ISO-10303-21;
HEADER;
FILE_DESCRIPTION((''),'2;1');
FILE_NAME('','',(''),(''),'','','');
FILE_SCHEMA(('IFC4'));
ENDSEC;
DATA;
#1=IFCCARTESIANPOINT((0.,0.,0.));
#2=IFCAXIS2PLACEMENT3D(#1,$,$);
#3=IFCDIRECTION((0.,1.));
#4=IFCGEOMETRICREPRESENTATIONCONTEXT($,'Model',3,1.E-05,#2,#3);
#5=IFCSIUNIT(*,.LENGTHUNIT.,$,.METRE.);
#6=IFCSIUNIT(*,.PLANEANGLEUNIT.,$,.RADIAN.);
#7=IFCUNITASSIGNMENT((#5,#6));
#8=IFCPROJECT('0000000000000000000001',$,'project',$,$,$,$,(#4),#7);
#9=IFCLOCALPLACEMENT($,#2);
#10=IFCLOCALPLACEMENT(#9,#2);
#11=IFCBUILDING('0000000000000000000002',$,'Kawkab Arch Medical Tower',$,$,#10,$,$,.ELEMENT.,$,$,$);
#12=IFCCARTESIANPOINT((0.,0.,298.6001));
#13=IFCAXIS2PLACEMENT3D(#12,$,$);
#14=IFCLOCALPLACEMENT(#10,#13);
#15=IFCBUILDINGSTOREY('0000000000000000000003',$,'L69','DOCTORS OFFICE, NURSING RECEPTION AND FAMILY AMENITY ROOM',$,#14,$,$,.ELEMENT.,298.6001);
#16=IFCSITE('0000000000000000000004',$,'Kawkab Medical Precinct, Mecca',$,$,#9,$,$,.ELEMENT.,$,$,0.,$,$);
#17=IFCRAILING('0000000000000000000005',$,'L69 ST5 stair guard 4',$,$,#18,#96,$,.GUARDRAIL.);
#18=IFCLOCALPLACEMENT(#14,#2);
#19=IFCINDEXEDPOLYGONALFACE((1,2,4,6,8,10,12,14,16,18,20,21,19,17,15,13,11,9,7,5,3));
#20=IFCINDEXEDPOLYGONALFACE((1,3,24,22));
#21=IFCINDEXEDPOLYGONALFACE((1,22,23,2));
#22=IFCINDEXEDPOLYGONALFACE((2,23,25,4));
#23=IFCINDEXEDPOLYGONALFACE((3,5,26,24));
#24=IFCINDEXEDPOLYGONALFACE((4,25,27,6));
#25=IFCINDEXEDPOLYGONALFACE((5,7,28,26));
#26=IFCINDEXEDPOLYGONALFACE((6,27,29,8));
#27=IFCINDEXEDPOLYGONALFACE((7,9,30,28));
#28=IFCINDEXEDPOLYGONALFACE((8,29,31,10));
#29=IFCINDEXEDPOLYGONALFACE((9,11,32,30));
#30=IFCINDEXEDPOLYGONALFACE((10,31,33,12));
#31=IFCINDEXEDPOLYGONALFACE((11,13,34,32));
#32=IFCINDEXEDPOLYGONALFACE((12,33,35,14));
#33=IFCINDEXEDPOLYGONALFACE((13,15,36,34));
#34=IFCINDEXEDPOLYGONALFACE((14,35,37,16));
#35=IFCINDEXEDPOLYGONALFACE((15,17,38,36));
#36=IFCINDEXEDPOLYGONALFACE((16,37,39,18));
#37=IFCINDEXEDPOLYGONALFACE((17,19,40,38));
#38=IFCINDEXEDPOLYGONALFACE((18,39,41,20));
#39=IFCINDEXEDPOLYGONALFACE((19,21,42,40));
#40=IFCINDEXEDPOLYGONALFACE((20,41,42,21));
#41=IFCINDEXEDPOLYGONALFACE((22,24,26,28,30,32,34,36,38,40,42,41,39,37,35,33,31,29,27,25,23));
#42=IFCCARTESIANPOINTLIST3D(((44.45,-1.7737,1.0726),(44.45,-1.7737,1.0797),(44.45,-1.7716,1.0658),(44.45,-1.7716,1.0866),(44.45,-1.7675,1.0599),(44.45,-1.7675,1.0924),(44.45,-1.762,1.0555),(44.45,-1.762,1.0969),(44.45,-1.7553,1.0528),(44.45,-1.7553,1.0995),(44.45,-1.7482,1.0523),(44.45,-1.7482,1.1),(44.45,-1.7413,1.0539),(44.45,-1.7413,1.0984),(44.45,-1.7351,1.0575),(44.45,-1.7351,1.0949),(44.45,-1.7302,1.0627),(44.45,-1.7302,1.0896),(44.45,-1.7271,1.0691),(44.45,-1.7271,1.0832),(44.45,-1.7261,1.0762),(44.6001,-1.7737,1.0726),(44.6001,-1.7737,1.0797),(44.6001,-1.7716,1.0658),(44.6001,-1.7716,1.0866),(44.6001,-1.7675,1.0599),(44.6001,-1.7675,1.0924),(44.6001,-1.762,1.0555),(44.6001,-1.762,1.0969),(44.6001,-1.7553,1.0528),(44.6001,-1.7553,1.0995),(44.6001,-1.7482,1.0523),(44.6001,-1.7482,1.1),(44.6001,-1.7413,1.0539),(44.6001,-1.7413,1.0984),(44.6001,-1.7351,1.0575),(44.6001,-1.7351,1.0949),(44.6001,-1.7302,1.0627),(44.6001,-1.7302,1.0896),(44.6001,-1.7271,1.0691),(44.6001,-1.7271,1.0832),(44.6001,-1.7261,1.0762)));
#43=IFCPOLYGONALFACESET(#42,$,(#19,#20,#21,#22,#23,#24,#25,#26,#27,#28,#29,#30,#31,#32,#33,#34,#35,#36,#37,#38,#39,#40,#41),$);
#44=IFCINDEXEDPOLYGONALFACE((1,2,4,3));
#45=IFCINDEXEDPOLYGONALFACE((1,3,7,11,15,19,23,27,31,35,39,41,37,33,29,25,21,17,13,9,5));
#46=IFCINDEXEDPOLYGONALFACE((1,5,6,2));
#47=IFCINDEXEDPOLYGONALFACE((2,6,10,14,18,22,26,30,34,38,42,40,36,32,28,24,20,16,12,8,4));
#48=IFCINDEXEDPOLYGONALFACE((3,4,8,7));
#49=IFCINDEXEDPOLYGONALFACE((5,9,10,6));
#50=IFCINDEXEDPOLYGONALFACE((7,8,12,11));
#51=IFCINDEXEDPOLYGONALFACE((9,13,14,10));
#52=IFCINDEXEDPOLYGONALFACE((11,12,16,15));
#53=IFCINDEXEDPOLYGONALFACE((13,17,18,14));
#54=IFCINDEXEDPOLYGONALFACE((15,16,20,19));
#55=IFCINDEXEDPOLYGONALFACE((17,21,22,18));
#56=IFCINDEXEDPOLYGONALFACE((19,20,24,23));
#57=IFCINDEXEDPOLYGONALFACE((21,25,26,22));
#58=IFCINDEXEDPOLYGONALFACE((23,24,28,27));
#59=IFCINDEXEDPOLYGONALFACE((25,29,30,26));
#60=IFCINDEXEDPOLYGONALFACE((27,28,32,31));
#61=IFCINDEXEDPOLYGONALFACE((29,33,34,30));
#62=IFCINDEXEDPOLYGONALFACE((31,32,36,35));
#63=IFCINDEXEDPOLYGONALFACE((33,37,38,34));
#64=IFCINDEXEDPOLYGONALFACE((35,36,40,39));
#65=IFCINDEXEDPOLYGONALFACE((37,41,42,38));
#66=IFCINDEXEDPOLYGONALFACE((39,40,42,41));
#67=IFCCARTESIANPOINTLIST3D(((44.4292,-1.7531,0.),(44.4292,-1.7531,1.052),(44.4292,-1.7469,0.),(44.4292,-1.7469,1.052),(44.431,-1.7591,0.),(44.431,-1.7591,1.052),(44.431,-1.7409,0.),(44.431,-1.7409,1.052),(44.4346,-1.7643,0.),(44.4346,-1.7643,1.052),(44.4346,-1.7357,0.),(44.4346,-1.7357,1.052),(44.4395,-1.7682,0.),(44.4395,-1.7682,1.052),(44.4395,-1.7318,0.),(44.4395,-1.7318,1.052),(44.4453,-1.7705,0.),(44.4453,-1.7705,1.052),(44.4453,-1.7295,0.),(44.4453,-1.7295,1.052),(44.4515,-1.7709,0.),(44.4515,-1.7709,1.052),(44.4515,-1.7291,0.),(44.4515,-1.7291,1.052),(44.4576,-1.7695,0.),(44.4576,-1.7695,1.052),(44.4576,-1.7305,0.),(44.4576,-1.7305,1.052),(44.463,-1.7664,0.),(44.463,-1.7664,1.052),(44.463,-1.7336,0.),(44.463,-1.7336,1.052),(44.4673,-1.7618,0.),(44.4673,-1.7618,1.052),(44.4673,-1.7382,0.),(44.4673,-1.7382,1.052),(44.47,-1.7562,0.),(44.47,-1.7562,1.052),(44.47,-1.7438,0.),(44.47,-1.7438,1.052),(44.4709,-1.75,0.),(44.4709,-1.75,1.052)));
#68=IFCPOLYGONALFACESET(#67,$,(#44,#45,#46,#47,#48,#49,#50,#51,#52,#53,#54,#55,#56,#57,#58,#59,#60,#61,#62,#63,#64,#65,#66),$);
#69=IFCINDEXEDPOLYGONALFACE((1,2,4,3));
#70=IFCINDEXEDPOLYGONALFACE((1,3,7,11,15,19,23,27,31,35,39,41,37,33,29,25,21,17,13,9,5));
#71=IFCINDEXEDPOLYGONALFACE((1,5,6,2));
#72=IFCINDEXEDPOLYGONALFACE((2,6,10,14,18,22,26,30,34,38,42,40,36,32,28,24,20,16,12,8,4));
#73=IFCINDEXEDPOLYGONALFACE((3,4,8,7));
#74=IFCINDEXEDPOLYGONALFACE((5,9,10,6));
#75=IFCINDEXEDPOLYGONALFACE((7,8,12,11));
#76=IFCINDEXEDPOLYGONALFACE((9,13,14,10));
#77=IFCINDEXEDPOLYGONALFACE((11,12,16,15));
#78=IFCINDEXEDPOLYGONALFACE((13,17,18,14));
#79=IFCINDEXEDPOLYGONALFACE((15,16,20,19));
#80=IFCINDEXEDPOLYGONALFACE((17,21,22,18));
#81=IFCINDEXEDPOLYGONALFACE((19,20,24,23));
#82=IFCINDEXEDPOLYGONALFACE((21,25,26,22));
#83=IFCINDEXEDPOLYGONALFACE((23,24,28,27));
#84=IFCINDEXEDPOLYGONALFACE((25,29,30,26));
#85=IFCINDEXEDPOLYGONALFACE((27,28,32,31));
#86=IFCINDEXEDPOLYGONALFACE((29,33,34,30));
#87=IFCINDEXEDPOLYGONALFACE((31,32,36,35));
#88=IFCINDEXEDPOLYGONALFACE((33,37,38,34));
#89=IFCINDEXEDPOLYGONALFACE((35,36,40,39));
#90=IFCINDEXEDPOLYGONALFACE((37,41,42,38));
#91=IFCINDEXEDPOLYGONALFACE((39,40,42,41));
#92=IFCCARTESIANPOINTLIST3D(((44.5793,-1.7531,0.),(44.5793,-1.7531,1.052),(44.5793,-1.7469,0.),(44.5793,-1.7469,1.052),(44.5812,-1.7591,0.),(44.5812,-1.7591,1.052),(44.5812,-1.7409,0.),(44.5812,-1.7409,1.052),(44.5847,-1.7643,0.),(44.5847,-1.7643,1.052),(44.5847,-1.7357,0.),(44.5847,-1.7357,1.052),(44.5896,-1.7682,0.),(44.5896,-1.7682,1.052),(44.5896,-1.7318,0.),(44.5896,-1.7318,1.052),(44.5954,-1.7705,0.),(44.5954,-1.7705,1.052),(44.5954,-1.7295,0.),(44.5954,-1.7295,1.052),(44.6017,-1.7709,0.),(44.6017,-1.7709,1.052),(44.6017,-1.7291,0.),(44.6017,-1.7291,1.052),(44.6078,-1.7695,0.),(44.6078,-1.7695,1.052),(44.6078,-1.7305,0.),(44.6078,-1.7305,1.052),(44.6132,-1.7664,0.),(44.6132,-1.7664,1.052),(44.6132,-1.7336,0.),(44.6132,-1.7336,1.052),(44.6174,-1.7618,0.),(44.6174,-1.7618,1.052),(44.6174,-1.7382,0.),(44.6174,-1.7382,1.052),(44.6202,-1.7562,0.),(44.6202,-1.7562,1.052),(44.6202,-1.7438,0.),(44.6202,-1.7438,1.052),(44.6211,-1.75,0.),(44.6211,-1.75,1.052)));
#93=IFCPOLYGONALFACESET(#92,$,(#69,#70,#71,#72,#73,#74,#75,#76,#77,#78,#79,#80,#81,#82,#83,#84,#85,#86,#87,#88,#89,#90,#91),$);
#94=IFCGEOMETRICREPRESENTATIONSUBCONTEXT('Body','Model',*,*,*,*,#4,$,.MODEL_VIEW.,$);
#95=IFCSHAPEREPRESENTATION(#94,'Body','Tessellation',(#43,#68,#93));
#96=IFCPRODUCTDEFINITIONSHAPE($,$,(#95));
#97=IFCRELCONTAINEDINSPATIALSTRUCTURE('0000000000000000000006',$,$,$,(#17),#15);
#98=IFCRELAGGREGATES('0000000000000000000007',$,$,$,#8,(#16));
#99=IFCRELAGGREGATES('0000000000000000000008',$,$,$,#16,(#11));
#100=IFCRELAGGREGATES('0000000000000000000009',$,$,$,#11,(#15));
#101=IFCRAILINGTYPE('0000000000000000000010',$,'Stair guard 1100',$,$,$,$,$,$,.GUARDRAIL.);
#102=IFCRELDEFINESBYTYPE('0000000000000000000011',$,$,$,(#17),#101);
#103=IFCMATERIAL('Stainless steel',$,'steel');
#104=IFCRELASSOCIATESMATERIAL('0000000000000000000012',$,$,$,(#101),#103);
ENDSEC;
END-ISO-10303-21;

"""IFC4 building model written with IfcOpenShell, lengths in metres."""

from ifc_helpers import new_model, si_unit, direction, frame, origin, origin_2d, place, context, subcontext, project, spatial, circle, extrude, material, type_object, element, save


model = new_model("IFC4")

# Units and contexts
model_context = context("Model", 3, precision=1e-05, world=origin(), true_north=direction((0.0, 1.0)))
body_context = subcontext(model_context, "Body", "Model", "MODEL_VIEW")
ifc_project = project(units=[si_unit("LENGTHUNIT", "METRE"), si_unit("PLANEANGLEUNIT", "RADIAN")], contexts=[model_context])

# Site, building, storey
site_placement = place(None, origin())
site = spatial("IfcSite", under=ifc_project, at=site_placement, Name="Kawkab Medical Precinct, Mecca", CompositionType="ELEMENT", RefElevation=0.0)
building_placement = place(site_placement, origin())
building = spatial("IfcBuilding", under=site, at=building_placement, Name="Kawkab Arch Medical Tower", CompositionType="ELEMENT")
storey_placement = place(building_placement, frame((0.0, 0.0, 298.6001)))
storey = spatial("IfcBuildingStorey", under=building, at=storey_placement, Name="L69", Description="DOCTORS OFFICE, NURSING RECEPTION AND FAMILY AMENITY ROOM", CompositionType="ELEMENT", Elevation=298.6001)

# Railing
ifc_material_1 = material(Name="Stainless steel", Category="steel")
railing_type = type_object("IfcRailingType", Name="Stair guard 1100", PredefinedType="GUARDRAIL", material=ifc_material_1)
railing_1_placement = place(storey_placement, frame((44.45, -1.75, 0.0)))
element("IfcRailing", 1, at=railing_1_placement, inside=storey, type_object=railing_type, Name="L69 ST5 stair guard 4", PredefinedType="GUARDRAIL", context=body_context, shape_type="SweptSolid", body=[
    extrude(circle(Radius=0.0239, at=origin_2d()), frame((0.0, 0.0, 1.0762), z_axis=(1.0, 0.0, 0.0), x_axis=(0.0, 1.0, 0.0)), (0.0, 0.0, 1.0), 0.1501),
    extrude(circle(Radius=0.021, at=origin_2d()), origin(), (0.0, 0.0, 1.0), 1.052),
    extrude(circle(Radius=0.021, at=origin_2d()), frame((0.1501, 0.0, 0.0)), (0.0, 0.0, 1.0), 1.052),
])

save(model, "model.ifc")
